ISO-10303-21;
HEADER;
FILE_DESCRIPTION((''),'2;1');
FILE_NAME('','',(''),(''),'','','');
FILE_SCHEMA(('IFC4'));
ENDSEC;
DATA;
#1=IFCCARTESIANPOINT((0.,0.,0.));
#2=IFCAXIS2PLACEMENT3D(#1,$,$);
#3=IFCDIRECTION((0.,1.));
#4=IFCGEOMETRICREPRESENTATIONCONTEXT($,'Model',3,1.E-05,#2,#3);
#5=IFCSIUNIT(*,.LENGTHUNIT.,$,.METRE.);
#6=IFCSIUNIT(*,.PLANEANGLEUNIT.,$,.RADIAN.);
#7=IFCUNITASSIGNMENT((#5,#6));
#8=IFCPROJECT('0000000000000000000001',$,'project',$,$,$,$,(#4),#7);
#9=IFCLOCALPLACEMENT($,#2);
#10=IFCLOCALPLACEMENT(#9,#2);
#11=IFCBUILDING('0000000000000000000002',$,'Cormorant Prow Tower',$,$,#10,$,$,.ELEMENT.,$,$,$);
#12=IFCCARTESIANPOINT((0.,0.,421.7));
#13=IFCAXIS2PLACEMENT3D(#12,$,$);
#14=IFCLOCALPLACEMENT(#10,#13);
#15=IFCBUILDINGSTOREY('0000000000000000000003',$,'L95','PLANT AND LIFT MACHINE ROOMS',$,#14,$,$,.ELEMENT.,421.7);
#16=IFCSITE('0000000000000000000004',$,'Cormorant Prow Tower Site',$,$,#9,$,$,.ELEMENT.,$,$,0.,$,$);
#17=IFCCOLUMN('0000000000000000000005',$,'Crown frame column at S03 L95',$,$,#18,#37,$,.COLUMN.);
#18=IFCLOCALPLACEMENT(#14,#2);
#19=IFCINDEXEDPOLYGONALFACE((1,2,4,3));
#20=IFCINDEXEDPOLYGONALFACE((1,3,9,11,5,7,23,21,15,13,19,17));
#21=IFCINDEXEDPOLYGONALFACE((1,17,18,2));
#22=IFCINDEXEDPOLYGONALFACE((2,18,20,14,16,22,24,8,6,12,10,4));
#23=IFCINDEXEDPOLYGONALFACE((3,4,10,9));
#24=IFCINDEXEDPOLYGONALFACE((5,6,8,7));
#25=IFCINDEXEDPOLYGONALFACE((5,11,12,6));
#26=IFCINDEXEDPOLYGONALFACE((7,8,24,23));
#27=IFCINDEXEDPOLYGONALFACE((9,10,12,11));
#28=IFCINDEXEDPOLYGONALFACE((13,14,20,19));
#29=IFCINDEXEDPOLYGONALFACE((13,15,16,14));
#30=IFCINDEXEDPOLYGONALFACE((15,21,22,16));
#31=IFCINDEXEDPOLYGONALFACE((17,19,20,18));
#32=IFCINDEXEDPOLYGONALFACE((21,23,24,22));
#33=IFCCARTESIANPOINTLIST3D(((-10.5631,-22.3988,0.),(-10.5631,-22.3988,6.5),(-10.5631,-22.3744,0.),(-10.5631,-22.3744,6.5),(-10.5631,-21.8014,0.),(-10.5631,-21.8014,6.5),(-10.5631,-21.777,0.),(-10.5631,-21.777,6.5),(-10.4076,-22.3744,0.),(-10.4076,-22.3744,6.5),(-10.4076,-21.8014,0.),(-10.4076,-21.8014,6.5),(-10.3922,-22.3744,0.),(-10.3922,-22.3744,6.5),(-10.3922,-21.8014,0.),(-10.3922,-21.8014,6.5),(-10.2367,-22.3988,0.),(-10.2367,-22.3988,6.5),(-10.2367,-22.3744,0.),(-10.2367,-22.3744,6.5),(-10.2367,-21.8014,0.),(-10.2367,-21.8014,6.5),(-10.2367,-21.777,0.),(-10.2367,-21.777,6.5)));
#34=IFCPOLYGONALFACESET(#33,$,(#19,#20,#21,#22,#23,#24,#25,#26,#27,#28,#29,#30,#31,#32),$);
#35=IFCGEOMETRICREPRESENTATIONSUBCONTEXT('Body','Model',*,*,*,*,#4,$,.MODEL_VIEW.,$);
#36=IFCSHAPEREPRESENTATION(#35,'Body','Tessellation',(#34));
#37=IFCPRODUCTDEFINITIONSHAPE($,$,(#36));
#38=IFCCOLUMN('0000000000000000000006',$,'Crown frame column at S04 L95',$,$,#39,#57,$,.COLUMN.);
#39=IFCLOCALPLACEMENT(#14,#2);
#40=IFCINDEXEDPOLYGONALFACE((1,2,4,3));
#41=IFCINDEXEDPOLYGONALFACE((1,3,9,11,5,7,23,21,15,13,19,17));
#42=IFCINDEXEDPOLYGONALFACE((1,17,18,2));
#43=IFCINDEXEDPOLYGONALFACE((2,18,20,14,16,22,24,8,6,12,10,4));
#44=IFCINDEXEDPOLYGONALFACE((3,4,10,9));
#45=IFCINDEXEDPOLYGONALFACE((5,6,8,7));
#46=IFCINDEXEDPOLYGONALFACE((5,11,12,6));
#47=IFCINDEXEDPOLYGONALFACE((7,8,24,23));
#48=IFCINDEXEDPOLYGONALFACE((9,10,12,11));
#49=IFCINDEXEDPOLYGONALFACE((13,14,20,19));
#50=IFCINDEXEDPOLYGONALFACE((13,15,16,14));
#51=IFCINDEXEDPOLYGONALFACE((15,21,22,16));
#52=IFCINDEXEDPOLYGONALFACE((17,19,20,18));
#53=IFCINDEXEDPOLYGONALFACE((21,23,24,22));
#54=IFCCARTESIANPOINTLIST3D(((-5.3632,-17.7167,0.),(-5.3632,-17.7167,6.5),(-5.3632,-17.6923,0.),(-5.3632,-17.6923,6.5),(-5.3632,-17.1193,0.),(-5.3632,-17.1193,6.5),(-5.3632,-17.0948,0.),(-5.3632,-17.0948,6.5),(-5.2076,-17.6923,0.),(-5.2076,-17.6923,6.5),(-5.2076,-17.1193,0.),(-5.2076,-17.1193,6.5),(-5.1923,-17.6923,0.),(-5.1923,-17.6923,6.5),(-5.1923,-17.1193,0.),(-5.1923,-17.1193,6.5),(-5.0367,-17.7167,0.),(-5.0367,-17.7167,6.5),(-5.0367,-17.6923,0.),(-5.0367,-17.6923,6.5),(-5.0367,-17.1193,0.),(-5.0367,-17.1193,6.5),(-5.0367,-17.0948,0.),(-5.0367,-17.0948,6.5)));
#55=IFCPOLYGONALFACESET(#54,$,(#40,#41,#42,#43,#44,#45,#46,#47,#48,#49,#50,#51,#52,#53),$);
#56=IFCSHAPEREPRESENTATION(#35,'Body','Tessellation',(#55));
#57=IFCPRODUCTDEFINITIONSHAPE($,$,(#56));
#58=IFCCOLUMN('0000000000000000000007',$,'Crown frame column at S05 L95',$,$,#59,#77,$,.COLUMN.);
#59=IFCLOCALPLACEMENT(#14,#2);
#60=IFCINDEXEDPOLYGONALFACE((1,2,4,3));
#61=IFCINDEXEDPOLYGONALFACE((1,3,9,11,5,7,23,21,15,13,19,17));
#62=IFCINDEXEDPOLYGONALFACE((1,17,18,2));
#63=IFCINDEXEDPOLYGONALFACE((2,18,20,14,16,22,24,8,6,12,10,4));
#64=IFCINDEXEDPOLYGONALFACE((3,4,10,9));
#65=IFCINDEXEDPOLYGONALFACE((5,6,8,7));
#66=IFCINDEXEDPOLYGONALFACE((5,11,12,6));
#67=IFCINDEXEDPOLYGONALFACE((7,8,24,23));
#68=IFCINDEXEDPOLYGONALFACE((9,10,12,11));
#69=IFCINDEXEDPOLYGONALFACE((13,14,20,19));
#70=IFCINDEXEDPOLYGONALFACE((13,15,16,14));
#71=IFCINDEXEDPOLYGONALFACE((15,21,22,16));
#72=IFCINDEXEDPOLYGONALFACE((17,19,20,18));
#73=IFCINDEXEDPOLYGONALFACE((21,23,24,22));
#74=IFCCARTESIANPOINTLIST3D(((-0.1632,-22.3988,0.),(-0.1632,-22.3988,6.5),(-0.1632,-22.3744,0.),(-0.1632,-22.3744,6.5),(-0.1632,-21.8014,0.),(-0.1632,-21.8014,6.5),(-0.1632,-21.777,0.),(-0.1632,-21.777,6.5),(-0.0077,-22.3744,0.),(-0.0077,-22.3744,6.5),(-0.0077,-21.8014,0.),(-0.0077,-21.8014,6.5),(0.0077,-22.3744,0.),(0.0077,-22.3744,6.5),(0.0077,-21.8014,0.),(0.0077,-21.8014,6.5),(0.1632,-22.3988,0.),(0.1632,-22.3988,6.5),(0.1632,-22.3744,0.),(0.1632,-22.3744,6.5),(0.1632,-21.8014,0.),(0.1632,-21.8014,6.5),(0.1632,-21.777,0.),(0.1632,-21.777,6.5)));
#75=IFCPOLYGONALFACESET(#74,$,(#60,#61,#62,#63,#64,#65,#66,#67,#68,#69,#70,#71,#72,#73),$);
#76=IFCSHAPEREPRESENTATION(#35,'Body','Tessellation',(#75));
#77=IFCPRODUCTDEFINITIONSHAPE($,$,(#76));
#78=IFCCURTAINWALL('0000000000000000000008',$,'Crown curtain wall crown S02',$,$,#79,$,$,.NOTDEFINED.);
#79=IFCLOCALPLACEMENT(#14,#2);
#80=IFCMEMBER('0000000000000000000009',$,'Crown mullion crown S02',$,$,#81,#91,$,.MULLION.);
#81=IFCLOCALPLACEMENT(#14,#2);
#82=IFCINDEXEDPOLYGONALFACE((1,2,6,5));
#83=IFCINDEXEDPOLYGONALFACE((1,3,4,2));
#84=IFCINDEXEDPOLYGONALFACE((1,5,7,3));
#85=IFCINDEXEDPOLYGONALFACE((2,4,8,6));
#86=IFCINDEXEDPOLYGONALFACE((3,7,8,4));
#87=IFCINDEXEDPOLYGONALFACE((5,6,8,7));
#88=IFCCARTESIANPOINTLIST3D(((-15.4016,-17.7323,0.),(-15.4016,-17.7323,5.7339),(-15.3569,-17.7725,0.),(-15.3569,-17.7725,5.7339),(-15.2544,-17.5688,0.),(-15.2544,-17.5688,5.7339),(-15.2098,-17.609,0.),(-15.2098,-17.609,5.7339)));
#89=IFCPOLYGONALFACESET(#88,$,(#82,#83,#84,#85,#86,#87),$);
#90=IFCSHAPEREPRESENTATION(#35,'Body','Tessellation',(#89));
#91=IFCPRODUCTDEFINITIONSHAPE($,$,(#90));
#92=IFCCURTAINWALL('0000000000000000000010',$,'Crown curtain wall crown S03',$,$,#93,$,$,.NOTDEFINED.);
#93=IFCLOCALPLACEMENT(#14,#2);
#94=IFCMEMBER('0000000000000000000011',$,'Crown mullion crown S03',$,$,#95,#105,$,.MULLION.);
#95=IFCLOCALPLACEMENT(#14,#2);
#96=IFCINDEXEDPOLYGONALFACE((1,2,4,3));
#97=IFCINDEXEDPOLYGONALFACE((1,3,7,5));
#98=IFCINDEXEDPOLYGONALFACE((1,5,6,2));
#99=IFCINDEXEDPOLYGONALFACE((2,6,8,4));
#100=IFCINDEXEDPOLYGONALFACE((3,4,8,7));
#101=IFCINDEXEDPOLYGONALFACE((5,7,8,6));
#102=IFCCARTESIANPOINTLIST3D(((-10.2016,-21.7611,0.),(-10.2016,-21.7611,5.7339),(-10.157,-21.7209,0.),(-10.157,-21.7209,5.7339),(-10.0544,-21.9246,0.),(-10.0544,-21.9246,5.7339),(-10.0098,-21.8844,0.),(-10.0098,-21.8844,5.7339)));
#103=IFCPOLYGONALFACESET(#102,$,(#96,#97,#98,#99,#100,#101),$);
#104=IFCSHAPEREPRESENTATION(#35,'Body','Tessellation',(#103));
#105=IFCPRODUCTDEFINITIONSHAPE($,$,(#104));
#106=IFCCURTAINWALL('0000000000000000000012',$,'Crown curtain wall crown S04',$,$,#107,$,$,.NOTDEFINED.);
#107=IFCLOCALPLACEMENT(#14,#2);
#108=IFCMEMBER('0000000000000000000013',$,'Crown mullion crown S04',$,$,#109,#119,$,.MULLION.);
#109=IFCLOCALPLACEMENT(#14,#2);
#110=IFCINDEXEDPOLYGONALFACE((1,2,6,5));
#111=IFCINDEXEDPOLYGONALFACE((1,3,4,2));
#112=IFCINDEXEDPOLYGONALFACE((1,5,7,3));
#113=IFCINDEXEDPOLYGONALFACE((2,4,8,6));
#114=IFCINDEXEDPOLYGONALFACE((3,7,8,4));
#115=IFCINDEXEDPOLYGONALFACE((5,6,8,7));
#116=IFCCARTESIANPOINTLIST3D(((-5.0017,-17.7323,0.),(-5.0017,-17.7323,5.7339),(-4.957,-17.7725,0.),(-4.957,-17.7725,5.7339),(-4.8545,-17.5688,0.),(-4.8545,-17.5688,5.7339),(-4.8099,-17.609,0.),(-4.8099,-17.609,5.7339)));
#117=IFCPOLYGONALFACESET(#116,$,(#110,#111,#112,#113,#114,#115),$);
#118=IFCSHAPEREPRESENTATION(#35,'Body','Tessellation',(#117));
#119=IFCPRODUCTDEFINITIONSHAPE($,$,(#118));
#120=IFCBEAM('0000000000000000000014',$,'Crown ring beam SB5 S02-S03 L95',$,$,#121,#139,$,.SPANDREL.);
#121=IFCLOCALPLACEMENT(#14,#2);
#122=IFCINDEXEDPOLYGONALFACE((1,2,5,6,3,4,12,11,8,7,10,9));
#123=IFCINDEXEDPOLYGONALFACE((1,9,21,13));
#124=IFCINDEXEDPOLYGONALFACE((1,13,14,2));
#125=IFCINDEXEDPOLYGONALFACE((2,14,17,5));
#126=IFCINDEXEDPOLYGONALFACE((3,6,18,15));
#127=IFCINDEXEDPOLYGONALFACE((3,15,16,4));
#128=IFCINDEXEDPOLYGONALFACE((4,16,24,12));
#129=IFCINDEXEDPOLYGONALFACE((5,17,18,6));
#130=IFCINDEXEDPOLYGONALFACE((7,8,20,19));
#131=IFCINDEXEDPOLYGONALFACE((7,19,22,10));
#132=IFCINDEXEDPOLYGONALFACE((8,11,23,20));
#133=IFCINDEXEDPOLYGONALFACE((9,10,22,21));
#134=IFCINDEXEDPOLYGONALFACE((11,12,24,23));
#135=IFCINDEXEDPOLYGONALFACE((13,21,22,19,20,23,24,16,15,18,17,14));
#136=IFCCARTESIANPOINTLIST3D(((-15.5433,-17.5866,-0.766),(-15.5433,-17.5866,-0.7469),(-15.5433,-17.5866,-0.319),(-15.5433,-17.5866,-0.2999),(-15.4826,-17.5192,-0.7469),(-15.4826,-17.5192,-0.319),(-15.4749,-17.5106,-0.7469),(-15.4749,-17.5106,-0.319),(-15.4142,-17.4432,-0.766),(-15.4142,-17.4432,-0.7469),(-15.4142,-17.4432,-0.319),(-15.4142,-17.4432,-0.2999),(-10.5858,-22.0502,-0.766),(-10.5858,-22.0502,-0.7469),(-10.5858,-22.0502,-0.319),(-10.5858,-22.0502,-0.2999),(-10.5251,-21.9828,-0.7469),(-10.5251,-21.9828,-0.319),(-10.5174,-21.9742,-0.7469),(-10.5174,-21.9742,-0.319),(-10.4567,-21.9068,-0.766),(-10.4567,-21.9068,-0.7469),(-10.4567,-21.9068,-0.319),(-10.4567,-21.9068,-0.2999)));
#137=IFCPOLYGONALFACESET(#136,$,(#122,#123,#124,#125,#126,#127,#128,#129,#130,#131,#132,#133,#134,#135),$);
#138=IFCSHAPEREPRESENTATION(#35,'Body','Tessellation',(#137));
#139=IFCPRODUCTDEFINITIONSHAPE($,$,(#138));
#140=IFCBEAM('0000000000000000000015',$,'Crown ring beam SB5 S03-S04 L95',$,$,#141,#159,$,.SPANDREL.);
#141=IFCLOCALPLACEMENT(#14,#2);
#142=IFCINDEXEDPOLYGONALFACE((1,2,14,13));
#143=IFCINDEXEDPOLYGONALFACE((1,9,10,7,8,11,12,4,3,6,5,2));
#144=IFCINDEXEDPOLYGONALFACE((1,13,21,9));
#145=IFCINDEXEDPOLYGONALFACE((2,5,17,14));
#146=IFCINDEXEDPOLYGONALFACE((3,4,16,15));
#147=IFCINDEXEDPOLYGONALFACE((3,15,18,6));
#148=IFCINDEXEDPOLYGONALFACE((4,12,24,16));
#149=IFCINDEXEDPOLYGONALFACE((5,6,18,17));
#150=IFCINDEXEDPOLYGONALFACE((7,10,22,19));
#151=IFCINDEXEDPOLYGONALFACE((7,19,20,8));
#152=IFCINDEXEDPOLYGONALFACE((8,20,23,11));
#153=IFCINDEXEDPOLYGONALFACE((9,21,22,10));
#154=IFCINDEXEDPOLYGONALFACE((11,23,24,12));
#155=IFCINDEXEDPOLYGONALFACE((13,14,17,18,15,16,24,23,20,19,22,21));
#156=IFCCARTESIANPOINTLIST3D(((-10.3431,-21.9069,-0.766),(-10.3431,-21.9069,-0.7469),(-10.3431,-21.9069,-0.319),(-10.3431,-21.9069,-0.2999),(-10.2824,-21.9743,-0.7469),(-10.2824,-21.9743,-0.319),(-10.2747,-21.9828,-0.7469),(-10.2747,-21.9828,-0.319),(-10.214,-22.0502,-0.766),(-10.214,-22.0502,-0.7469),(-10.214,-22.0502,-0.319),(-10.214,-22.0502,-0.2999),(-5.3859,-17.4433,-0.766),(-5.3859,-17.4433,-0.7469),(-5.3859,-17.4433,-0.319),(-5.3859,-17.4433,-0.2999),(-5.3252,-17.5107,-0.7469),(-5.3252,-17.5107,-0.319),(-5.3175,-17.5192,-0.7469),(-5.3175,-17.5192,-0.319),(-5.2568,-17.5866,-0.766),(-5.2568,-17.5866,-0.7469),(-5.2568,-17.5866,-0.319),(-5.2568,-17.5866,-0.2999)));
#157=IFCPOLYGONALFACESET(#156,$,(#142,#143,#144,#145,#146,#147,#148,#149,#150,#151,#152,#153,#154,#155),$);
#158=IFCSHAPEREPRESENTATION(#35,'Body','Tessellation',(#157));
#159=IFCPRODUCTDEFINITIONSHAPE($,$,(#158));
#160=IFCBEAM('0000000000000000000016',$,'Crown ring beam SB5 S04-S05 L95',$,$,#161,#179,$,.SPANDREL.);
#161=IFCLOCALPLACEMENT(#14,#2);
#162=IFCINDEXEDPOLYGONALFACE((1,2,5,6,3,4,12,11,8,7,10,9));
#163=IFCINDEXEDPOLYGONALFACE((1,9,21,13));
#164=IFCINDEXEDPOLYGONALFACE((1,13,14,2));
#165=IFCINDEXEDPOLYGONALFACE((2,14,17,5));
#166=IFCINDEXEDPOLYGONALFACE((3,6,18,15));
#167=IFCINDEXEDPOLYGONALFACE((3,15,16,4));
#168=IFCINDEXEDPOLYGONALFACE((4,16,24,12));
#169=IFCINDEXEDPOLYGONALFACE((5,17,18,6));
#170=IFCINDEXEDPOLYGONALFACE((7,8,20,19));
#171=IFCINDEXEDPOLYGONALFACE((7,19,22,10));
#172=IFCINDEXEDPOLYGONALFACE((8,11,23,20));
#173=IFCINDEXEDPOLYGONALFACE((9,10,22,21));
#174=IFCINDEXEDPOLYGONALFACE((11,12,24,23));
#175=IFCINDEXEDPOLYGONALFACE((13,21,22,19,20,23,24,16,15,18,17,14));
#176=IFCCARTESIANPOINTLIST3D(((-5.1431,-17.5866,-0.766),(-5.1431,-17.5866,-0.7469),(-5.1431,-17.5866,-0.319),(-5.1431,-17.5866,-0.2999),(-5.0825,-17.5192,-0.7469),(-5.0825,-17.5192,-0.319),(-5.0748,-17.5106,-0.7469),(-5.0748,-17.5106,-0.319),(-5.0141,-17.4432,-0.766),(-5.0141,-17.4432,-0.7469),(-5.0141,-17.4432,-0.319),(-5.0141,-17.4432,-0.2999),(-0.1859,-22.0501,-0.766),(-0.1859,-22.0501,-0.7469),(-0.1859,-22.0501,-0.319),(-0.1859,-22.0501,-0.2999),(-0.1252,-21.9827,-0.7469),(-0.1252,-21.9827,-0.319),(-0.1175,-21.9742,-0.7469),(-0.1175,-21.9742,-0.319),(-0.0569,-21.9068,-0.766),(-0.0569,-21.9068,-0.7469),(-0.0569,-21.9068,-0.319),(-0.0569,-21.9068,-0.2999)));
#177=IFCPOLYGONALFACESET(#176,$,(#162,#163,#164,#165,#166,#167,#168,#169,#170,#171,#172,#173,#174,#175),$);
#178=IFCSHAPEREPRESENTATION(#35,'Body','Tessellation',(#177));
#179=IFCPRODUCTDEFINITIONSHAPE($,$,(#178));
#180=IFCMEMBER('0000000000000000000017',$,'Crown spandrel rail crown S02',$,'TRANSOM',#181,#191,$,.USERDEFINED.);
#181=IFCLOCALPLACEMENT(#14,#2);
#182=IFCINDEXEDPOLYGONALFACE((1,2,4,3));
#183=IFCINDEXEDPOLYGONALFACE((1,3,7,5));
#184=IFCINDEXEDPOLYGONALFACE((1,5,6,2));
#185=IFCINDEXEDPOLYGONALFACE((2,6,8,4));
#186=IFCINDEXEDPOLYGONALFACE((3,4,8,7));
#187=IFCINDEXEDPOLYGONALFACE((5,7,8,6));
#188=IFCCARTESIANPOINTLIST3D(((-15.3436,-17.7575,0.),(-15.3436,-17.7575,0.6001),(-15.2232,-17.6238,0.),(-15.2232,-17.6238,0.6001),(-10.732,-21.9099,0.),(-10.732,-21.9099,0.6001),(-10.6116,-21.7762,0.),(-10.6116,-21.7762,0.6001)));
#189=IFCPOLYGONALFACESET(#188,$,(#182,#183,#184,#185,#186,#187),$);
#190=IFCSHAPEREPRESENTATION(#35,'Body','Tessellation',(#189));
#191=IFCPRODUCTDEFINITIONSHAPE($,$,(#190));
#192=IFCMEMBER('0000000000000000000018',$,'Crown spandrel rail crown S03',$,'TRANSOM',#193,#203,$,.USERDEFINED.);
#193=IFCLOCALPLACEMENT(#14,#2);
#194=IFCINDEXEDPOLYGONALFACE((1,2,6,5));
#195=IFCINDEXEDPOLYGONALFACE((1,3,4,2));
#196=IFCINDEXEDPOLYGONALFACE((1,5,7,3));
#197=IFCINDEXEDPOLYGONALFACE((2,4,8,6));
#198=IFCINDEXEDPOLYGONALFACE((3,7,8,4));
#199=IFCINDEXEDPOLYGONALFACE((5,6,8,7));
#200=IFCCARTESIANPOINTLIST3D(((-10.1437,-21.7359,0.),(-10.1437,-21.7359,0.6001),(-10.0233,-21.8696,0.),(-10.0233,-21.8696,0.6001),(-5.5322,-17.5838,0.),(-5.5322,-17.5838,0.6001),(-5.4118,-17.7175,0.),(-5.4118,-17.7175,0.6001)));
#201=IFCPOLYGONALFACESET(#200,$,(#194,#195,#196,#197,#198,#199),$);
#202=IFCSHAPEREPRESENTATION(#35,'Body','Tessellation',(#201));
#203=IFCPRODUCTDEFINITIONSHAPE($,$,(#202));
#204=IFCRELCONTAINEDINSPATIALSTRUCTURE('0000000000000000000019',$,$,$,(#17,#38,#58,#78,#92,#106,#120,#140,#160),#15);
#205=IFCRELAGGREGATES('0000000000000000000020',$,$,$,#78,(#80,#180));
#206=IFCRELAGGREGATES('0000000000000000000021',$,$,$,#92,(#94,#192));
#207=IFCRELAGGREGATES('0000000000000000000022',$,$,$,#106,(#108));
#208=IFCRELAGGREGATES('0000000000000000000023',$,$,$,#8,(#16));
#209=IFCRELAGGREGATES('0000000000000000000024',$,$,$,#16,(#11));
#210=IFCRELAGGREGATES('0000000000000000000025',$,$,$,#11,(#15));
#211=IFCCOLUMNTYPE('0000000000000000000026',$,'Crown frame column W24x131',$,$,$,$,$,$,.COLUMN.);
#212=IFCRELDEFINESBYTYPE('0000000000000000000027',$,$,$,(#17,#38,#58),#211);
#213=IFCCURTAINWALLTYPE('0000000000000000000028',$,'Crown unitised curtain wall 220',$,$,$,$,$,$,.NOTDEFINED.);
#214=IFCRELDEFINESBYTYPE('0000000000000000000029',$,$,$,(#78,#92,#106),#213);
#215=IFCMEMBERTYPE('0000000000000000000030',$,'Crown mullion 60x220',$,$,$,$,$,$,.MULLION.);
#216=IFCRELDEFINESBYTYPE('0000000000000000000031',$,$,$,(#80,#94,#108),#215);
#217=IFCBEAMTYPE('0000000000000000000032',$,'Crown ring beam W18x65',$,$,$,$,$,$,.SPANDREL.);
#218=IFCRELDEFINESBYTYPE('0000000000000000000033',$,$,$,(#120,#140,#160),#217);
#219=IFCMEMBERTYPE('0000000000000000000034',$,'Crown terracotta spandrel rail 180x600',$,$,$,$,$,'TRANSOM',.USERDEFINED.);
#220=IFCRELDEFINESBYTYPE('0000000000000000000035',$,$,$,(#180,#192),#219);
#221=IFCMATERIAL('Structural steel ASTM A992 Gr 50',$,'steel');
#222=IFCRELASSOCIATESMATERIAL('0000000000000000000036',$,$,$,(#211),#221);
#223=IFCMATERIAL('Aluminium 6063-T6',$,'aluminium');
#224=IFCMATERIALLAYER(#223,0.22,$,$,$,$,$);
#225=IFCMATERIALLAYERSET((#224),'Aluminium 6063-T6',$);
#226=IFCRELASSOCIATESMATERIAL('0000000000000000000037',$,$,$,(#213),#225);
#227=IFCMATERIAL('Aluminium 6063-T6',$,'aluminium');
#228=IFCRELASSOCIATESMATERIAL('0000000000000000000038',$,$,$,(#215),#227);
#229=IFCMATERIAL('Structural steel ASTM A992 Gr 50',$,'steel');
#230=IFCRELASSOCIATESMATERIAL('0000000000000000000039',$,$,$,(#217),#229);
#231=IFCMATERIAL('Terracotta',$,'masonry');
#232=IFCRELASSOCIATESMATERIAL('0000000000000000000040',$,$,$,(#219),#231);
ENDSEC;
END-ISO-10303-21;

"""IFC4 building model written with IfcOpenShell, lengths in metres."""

from ifc_helpers import new_model, si_unit, direction, frame, origin, origin_2d, place, context, subcontext, project, spatial, rectangle, i_section, extrude, material, layer, layer_set, material_profile, profile_set, type_object, element, aggregate, save


model = new_model("IFC4")

# Units and contexts
model_context = context("Model", 3, precision=1e-05, world=origin(), true_north=direction((0.0, 1.0)))
body_context = subcontext(model_context, "Body", "Model", "MODEL_VIEW")
ifc_project = project(units=[si_unit("LENGTHUNIT", "METRE"), si_unit("PLANEANGLEUNIT", "RADIAN")], contexts=[model_context])

# Site, building, storey
site_placement = place(None, origin())
site = spatial("IfcSite", under=ifc_project, at=site_placement, Name="Cormorant Prow Tower Site", CompositionType="ELEMENT", RefElevation=0.0)
building_placement = place(site_placement, origin())
building = spatial("IfcBuilding", under=site, at=building_placement, Name="Cormorant Prow Tower", CompositionType="ELEMENT")
storey_placement = place(building_placement, frame((0.0, 0.0, 421.7)))
storey = spatial("IfcBuildingStorey", under=building, at=storey_placement, Name="L95", Description="PLANT AND LIFT MACHINE ROOMS", CompositionType="ELEMENT", Elevation=421.7)

# Columns
ifc_material_1 = material(Name="Structural steel ASTM A992 Gr 50", Category="steel")
ifc_material_profile_1 = material_profile(ifc_material_1, i_section(OverallWidth=0.3264, OverallDepth=0.6218, WebThickness=0.0154, FlangeThickness=0.0244, at=origin_2d()), Name="W24x131")
ifc_profile_set_1 = profile_set([ifc_material_profile_1], Name="Structural steel ASTM A992 Gr 50")
column_type = type_object("IfcColumnType", Name="Crown frame column W24x131", PredefinedType="COLUMN", material=ifc_profile_set_1)
for number, where, z_axis, x_axis, name in (
    (1, (-10.3999, -22.0879, 0.0), (0.0, 0.0, 1.0), (1.0, 0.0, 0.0), "Crown frame column at S03 L95"),
    (2, (-5.2, -17.4058, 0.0), (0.0, 0.0, 1.0), (1.0, 0.0, 0.0), "Crown frame column at S04 L95"),
    (3, (0.0, -22.0879, 0.0), (0.0, 0.0, 1.0), (1.0, 0.0, 0.0), "Crown frame column at S05 L95"),
):
    element("IfcColumn", number, at=place(storey_placement, frame(where, z_axis=z_axis, x_axis=x_axis)), inside=storey, type_object=column_type, Name=name, PredefinedType="COLUMN", context=body_context, shape_type="SweptSolid", body=[
        extrude(i_section(OverallWidth=0.3264, OverallDepth=0.6218, WebThickness=0.0154, FlangeThickness=0.0244, at=origin_2d()), origin(), (0.0, 0.0, 1.0), 6.5),
    ])

# Curtain walls, members
ifc_material_2 = material(Name="Aluminium 6063-T6", Category="aluminium")
ifc_layer_1 = layer(ifc_material_2, 0.22)
ifc_layer_set_1 = layer_set([ifc_layer_1], Name="Aluminium 6063-T6")
curtain_wall_type = type_object("IfcCurtainWallType", Name="Crown unitised curtain wall 220", PredefinedType="NOTDEFINED", material=ifc_layer_set_1)
curtain_wall_1_placement = place(storey_placement, origin())
curtain_wall_1 = element("IfcCurtainWall", 4, at=curtain_wall_1_placement, inside=storey, type_object=curtain_wall_type, Name="Crown curtain wall crown S02", PredefinedType="NOTDEFINED")
ifc_material_3 = material(Name="Aluminium 6063-T6", Category="aluminium")
ifc_material_profile_2 = material_profile(ifc_material_3, rectangle(XDim=0.22, YDim=0.0601, at=origin_2d()), Name="Crown mullion 60x220")
ifc_profile_set_2 = profile_set([ifc_material_profile_2], Name="Aluminium 6063-T6")
member_type_1 = type_object("IfcMemberType", Name="Crown mullion 60x220", PredefinedType="MULLION", material=ifc_profile_set_2)
member_1_placement = place(storey_placement, frame((-15.3057, -17.6707, 0.0), z_axis=(0.0, 0.0, 1.0), x_axis=(0.669131, 0.743145, 0.0)))
member_1 = element("IfcMember", 5, at=member_1_placement, type_object=member_type_1, Name="Crown mullion crown S02", PredefinedType="MULLION", context=body_context, shape_type="SweptSolid", body=[
    extrude(rectangle(XDim=0.22, YDim=0.0601, at=origin_2d()), origin(), (0.0, 0.0, 1.0), 5.7339),
])
curtain_wall_2_placement = place(storey_placement, origin())
curtain_wall_2 = element("IfcCurtainWall", 6, at=curtain_wall_2_placement, inside=storey, type_object=curtain_wall_type, Name="Crown curtain wall crown S03", PredefinedType="NOTDEFINED")
member_2_placement = place(storey_placement, frame((-10.1057, -21.8228, 0.0), z_axis=(0.0, 0.0, 1.0), x_axis=(-0.669131, 0.743145, 0.0)))
member_2 = element("IfcMember", 7, at=member_2_placement, type_object=member_type_1, Name="Crown mullion crown S03", PredefinedType="MULLION", context=body_context, shape_type="SweptSolid", body=[
    extrude(rectangle(XDim=0.22, YDim=0.0601, at=origin_2d()), origin(), (0.0, 0.0, 1.0), 5.7339),
])
curtain_wall_3_placement = place(storey_placement, origin())
curtain_wall_3 = element("IfcCurtainWall", 8, at=curtain_wall_3_placement, inside=storey, type_object=curtain_wall_type, Name="Crown curtain wall crown S04", PredefinedType="NOTDEFINED")
member_3_placement = place(storey_placement, frame((-4.9058, -17.6707, 0.0), z_axis=(0.0, 0.0, 1.0), x_axis=(0.669131, 0.743145, 0.0)))
member_3 = element("IfcMember", 9, at=member_3_placement, type_object=member_type_1, Name="Crown mullion crown S04", PredefinedType="MULLION", context=body_context, shape_type="SweptSolid", body=[
    extrude(rectangle(XDim=0.22, YDim=0.0601, at=origin_2d()), origin(), (0.0, 0.0, 1.0), 5.7339),
])

# Beams
ifc_material_4 = material(Name="Structural steel ASTM A992 Gr 50", Category="steel")
ifc_material_profile_3 = material_profile(ifc_material_4, i_section(OverallWidth=0.1929, OverallDepth=0.4661, WebThickness=0.0115, FlangeThickness=0.019, at=origin_2d()), Name="W18x65")
ifc_profile_set_3 = profile_set([ifc_material_profile_3], Name="Structural steel ASTM A992 Gr 50")
beam_type = type_object("IfcBeamType", Name="Crown ring beam W18x65", PredefinedType="SPANDREL", material=ifc_profile_set_3)
beam_placement = place(storey_placement, frame((-15.4788, -17.5149, -0.533), z_axis=(0.743156, -0.669118, 0.0), x_axis=(0.669118, 0.743156, 0.0)))
element("IfcBeam", 10, at=beam_placement, inside=storey, type_object=beam_type, Name="Crown ring beam SB5 S02-S03 L95", PredefinedType="SPANDREL", context=body_context, shape_type="SweptSolid", body=[
    extrude(i_section(OverallWidth=0.1929, OverallDepth=0.4661, WebThickness=0.0115, FlangeThickness=0.019, at=origin_2d()), origin(), (0.0, 0.0, 1.0), 6.6709),
])
for number, where, z_axis, x_axis, name in (
    (11, (-10.2786, -21.9785, -0.533), (0.743139, 0.669137, 0.0), (-0.669137, 0.743139, 0.0), "Crown ring beam SB5 S03-S04 L95"),
    (12, (-5.0786, -17.5149, -0.533), (0.743139, -0.669137, 0.0), (0.669137, 0.743139, 0.0), "Crown ring beam SB5 S04-S05 L95"),
):
    element("IfcBeam", number, at=place(storey_placement, frame(where, z_axis=z_axis, x_axis=x_axis)), inside=storey, type_object=beam_type, Name=name, PredefinedType="SPANDREL", context=body_context, shape_type="SweptSolid", body=[
        extrude(i_section(OverallWidth=0.1929, OverallDepth=0.4661, WebThickness=0.0115, FlangeThickness=0.019, at=origin_2d()), origin(), (0.0, 0.0, 1.0), 6.6707),
    ])

# Members
ifc_material_5 = material(Name="Terracotta", Category="masonry")
ifc_material_profile_4 = material_profile(ifc_material_5, rectangle(XDim=0.1799, YDim=0.6001, at=origin_2d()), Name="Crown terracotta spandrel rail 180x600")
ifc_profile_set_4 = profile_set([ifc_material_profile_4], Name="Terracotta")
member_type_2 = type_object("IfcMemberType", Name="Crown terracotta spandrel rail 180x600", ElementType="TRANSOM", PredefinedType="USERDEFINED", material=ifc_profile_set_4)
member_4_placement = place(storey_placement, frame((-15.2834, -17.6907, 0.3), z_axis=(0.74314, -0.669136, 0.0), x_axis=(0.669136, 0.74314, 0.0)))
member_4 = element("IfcMember", 13, at=member_4_placement, type_object=member_type_2, Name="Crown spandrel rail crown S02", ObjectType="TRANSOM", PredefinedType="USERDEFINED", context=body_context, shape_type="SweptSolid", body=[
    extrude(rectangle(XDim=0.1799, YDim=0.6001, at=origin_2d()), origin(), (0.0, 0.0, 1.0), 6.2056),
])
member_5_placement = place(storey_placement, frame((-10.0835, -21.8027, 0.3), z_axis=(0.743159, 0.669115, 0.0), x_axis=(-0.669115, 0.743159, 0.0)))
member_5 = element("IfcMember", 14, at=member_5_placement, type_object=member_type_2, Name="Crown spandrel rail crown S03", ObjectType="TRANSOM", PredefinedType="USERDEFINED", context=body_context, shape_type="SweptSolid", body=[
    extrude(rectangle(XDim=0.1799, YDim=0.6001, at=origin_2d()), origin(), (0.0, 0.0, 1.0), 6.2053),
])

aggregate(curtain_wall_1, [member_1, member_4])
aggregate(curtain_wall_2, [member_2, member_5])
aggregate(curtain_wall_3, [member_3])

save(model, "model.ifc")
